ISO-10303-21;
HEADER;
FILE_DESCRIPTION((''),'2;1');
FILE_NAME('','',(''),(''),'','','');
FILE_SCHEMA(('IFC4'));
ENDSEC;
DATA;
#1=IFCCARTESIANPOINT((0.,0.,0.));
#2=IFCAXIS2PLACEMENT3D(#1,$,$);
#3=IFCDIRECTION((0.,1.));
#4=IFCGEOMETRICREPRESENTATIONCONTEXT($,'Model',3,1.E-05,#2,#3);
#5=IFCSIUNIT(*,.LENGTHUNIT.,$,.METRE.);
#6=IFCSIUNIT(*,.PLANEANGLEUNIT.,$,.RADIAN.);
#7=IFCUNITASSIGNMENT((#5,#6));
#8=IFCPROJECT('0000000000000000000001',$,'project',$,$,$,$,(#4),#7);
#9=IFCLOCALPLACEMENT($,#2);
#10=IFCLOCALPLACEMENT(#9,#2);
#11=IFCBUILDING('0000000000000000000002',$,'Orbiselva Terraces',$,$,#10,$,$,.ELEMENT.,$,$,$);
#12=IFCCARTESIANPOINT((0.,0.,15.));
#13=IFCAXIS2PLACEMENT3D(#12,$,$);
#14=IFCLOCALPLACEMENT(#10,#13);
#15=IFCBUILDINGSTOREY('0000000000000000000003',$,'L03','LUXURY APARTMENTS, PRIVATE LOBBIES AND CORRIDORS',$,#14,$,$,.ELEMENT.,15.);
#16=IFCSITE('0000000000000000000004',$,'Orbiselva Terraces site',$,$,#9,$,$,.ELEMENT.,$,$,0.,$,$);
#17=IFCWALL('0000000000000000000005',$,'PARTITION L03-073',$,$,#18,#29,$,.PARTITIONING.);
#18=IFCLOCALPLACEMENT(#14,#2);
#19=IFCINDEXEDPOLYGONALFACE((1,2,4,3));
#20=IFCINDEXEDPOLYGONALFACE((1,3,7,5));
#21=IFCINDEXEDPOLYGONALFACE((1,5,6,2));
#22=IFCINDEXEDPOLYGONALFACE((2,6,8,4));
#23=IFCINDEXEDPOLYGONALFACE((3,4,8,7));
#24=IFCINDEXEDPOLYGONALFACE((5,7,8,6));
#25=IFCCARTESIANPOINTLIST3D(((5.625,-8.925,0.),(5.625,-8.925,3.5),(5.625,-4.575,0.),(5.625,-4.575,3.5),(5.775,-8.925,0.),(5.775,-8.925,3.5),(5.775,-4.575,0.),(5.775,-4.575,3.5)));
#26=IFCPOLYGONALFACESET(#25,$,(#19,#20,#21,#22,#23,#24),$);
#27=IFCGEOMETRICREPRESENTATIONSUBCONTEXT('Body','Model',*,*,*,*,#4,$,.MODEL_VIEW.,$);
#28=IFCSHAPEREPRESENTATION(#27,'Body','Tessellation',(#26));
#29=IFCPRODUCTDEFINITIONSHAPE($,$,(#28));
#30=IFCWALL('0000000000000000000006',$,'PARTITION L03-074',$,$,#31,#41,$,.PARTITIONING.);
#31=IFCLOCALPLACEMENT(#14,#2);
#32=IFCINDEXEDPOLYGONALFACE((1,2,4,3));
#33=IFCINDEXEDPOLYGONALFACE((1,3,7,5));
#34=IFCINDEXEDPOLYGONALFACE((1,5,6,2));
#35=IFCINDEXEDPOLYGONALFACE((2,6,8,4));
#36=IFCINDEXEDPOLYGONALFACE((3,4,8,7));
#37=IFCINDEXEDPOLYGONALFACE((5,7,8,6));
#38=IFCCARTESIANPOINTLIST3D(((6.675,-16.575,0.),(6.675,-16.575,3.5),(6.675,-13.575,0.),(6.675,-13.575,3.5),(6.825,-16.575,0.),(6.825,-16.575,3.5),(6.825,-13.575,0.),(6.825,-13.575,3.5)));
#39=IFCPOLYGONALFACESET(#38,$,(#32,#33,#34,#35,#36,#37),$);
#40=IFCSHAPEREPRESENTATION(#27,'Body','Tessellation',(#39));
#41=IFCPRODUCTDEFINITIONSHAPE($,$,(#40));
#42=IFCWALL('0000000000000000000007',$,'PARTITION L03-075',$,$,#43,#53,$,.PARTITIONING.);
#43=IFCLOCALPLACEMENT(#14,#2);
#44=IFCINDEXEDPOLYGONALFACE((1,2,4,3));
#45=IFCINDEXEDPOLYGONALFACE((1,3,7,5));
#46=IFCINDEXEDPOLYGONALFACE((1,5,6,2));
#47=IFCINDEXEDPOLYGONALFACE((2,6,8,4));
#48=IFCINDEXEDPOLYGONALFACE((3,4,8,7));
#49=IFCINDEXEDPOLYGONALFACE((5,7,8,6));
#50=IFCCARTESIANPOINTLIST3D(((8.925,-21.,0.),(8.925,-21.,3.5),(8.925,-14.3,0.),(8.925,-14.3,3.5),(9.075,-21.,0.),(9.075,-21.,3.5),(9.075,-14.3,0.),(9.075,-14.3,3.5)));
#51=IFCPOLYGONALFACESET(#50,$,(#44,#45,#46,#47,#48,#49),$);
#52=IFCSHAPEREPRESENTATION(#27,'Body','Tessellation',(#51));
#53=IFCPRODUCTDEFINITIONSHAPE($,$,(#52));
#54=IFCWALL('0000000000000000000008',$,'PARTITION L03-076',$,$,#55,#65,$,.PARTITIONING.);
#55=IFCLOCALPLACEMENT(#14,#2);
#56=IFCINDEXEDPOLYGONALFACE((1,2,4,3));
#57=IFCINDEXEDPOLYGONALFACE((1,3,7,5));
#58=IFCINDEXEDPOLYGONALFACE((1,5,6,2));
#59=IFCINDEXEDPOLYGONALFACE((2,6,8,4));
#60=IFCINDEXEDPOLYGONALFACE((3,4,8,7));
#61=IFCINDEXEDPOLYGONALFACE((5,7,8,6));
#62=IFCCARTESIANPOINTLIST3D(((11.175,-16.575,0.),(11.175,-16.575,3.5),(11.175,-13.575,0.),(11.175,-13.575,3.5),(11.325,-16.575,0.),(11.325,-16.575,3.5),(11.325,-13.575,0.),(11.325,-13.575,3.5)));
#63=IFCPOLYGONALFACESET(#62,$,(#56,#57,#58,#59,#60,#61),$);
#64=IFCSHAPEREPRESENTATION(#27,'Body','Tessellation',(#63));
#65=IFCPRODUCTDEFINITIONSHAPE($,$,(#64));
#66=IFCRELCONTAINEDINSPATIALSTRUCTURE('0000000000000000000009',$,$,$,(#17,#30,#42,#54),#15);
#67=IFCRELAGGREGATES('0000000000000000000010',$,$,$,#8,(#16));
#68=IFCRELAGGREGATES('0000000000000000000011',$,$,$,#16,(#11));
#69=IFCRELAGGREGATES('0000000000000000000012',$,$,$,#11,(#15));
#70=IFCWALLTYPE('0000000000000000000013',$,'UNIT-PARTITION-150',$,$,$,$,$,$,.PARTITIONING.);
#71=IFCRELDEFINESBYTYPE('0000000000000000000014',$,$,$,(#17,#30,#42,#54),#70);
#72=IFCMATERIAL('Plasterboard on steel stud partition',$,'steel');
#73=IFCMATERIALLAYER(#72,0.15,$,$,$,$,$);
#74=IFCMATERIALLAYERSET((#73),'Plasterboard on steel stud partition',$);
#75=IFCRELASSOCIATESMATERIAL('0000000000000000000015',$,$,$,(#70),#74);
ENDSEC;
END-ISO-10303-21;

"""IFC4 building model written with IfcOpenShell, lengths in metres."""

from ifc_helpers import new_model, si_unit, direction, frame, frame_2d, origin, place, context, subcontext, project, spatial, rectangle, extrude, material, layer, layer_set, type_object, element, save


model = new_model("IFC4")

# Units and contexts
model_context = context("Model", 3, precision=1e-05, world=origin(), true_north=direction((0.0, 1.0)))
body_context = subcontext(model_context, "Body", "Model", "MODEL_VIEW")
ifc_project = project(units=[si_unit("LENGTHUNIT", "METRE"), si_unit("PLANEANGLEUNIT", "RADIAN")], contexts=[model_context])

# Site, building, storey
site_placement = place(None, origin())
site = spatial("IfcSite", under=ifc_project, at=site_placement, Name="Orbiselva Terraces site", CompositionType="ELEMENT", RefElevation=0.0)
building_placement = place(site_placement, origin())
building = spatial("IfcBuilding", under=site, at=building_placement, Name="Orbiselva Terraces", CompositionType="ELEMENT")
storey_placement = place(building_placement, frame((0.0, 0.0, 15.0)))
storey = spatial("IfcBuildingStorey", under=building, at=storey_placement, Name="L03", Description="LUXURY APARTMENTS, PRIVATE LOBBIES AND CORRIDORS", CompositionType="ELEMENT", Elevation=15.0)

# Shared definitions
ifc_material_1 = material(Name="Plasterboard on steel stud partition", Category="steel")

# Shared definitions
ifc_layer_1 = layer(ifc_material_1, 0.15)
ifc_layer_set_1 = layer_set([ifc_layer_1], Name="Plasterboard on steel stud partition")
wall_type_1 = type_object("IfcWallType", Name="UNIT-PARTITION-150", PredefinedType="PARTITIONING", material=ifc_layer_set_1)

# Walls
wall_1_placement = place(storey_placement, frame((5.7, -8.925, 0.0), z_axis=(0.0, 0.0, 1.0), x_axis=(0.0, 1.0, 0.0)))
element("IfcWall", 1, at=wall_1_placement, inside=storey, type_object=wall_type_1, Name="PARTITION L03-073", PredefinedType="PARTITIONING", context=body_context, shape_type="SweptSolid", body=[
    extrude(rectangle(XDim=4.35, YDim=0.15, at=frame_2d((2.175, 0.0))), origin(), (0.0, 0.0, 1.0), 3.5),
])
wall_2_placement = place(storey_placement, frame((6.75, -16.575, 0.0), z_axis=(0.0, 0.0, 1.0), x_axis=(0.0, 1.0, 0.0)))
element("IfcWall", 2, at=wall_2_placement, inside=storey, type_object=wall_type_1, Name="PARTITION L03-074", PredefinedType="PARTITIONING", context=body_context, shape_type="SweptSolid", body=[
    extrude(rectangle(XDim=3.0, YDim=0.15, at=frame_2d((1.5, 0.0))), origin(), (0.0, 0.0, 1.0), 3.5),
])
wall_3_placement = place(storey_placement, frame((9.0, -21.0, 0.0), z_axis=(0.0, 0.0, 1.0), x_axis=(0.0, 1.0, 0.0)))
element("IfcWall", 3, at=wall_3_placement, inside=storey, type_object=wall_type_1, Name="PARTITION L03-075", PredefinedType="PARTITIONING", context=body_context, shape_type="SweptSolid", body=[
    extrude(rectangle(XDim=6.7, YDim=0.15, at=frame_2d((3.35, 0.0))), origin(), (0.0, 0.0, 1.0), 3.5),
])
wall_4_placement = place(storey_placement, frame((11.25, -16.575, 0.0), z_axis=(0.0, 0.0, 1.0), x_axis=(0.0, 1.0, 0.0)))
element("IfcWall", 4, at=wall_4_placement, inside=storey, type_object=wall_type_1, Name="PARTITION L03-076", PredefinedType="PARTITIONING", context=body_context, shape_type="SweptSolid", body=[
    extrude(rectangle(XDim=3.0, YDim=0.15, at=frame_2d((1.5, 0.0))), origin(), (0.0, 0.0, 1.0), 3.5),
])

save(model, "model.ifc")
